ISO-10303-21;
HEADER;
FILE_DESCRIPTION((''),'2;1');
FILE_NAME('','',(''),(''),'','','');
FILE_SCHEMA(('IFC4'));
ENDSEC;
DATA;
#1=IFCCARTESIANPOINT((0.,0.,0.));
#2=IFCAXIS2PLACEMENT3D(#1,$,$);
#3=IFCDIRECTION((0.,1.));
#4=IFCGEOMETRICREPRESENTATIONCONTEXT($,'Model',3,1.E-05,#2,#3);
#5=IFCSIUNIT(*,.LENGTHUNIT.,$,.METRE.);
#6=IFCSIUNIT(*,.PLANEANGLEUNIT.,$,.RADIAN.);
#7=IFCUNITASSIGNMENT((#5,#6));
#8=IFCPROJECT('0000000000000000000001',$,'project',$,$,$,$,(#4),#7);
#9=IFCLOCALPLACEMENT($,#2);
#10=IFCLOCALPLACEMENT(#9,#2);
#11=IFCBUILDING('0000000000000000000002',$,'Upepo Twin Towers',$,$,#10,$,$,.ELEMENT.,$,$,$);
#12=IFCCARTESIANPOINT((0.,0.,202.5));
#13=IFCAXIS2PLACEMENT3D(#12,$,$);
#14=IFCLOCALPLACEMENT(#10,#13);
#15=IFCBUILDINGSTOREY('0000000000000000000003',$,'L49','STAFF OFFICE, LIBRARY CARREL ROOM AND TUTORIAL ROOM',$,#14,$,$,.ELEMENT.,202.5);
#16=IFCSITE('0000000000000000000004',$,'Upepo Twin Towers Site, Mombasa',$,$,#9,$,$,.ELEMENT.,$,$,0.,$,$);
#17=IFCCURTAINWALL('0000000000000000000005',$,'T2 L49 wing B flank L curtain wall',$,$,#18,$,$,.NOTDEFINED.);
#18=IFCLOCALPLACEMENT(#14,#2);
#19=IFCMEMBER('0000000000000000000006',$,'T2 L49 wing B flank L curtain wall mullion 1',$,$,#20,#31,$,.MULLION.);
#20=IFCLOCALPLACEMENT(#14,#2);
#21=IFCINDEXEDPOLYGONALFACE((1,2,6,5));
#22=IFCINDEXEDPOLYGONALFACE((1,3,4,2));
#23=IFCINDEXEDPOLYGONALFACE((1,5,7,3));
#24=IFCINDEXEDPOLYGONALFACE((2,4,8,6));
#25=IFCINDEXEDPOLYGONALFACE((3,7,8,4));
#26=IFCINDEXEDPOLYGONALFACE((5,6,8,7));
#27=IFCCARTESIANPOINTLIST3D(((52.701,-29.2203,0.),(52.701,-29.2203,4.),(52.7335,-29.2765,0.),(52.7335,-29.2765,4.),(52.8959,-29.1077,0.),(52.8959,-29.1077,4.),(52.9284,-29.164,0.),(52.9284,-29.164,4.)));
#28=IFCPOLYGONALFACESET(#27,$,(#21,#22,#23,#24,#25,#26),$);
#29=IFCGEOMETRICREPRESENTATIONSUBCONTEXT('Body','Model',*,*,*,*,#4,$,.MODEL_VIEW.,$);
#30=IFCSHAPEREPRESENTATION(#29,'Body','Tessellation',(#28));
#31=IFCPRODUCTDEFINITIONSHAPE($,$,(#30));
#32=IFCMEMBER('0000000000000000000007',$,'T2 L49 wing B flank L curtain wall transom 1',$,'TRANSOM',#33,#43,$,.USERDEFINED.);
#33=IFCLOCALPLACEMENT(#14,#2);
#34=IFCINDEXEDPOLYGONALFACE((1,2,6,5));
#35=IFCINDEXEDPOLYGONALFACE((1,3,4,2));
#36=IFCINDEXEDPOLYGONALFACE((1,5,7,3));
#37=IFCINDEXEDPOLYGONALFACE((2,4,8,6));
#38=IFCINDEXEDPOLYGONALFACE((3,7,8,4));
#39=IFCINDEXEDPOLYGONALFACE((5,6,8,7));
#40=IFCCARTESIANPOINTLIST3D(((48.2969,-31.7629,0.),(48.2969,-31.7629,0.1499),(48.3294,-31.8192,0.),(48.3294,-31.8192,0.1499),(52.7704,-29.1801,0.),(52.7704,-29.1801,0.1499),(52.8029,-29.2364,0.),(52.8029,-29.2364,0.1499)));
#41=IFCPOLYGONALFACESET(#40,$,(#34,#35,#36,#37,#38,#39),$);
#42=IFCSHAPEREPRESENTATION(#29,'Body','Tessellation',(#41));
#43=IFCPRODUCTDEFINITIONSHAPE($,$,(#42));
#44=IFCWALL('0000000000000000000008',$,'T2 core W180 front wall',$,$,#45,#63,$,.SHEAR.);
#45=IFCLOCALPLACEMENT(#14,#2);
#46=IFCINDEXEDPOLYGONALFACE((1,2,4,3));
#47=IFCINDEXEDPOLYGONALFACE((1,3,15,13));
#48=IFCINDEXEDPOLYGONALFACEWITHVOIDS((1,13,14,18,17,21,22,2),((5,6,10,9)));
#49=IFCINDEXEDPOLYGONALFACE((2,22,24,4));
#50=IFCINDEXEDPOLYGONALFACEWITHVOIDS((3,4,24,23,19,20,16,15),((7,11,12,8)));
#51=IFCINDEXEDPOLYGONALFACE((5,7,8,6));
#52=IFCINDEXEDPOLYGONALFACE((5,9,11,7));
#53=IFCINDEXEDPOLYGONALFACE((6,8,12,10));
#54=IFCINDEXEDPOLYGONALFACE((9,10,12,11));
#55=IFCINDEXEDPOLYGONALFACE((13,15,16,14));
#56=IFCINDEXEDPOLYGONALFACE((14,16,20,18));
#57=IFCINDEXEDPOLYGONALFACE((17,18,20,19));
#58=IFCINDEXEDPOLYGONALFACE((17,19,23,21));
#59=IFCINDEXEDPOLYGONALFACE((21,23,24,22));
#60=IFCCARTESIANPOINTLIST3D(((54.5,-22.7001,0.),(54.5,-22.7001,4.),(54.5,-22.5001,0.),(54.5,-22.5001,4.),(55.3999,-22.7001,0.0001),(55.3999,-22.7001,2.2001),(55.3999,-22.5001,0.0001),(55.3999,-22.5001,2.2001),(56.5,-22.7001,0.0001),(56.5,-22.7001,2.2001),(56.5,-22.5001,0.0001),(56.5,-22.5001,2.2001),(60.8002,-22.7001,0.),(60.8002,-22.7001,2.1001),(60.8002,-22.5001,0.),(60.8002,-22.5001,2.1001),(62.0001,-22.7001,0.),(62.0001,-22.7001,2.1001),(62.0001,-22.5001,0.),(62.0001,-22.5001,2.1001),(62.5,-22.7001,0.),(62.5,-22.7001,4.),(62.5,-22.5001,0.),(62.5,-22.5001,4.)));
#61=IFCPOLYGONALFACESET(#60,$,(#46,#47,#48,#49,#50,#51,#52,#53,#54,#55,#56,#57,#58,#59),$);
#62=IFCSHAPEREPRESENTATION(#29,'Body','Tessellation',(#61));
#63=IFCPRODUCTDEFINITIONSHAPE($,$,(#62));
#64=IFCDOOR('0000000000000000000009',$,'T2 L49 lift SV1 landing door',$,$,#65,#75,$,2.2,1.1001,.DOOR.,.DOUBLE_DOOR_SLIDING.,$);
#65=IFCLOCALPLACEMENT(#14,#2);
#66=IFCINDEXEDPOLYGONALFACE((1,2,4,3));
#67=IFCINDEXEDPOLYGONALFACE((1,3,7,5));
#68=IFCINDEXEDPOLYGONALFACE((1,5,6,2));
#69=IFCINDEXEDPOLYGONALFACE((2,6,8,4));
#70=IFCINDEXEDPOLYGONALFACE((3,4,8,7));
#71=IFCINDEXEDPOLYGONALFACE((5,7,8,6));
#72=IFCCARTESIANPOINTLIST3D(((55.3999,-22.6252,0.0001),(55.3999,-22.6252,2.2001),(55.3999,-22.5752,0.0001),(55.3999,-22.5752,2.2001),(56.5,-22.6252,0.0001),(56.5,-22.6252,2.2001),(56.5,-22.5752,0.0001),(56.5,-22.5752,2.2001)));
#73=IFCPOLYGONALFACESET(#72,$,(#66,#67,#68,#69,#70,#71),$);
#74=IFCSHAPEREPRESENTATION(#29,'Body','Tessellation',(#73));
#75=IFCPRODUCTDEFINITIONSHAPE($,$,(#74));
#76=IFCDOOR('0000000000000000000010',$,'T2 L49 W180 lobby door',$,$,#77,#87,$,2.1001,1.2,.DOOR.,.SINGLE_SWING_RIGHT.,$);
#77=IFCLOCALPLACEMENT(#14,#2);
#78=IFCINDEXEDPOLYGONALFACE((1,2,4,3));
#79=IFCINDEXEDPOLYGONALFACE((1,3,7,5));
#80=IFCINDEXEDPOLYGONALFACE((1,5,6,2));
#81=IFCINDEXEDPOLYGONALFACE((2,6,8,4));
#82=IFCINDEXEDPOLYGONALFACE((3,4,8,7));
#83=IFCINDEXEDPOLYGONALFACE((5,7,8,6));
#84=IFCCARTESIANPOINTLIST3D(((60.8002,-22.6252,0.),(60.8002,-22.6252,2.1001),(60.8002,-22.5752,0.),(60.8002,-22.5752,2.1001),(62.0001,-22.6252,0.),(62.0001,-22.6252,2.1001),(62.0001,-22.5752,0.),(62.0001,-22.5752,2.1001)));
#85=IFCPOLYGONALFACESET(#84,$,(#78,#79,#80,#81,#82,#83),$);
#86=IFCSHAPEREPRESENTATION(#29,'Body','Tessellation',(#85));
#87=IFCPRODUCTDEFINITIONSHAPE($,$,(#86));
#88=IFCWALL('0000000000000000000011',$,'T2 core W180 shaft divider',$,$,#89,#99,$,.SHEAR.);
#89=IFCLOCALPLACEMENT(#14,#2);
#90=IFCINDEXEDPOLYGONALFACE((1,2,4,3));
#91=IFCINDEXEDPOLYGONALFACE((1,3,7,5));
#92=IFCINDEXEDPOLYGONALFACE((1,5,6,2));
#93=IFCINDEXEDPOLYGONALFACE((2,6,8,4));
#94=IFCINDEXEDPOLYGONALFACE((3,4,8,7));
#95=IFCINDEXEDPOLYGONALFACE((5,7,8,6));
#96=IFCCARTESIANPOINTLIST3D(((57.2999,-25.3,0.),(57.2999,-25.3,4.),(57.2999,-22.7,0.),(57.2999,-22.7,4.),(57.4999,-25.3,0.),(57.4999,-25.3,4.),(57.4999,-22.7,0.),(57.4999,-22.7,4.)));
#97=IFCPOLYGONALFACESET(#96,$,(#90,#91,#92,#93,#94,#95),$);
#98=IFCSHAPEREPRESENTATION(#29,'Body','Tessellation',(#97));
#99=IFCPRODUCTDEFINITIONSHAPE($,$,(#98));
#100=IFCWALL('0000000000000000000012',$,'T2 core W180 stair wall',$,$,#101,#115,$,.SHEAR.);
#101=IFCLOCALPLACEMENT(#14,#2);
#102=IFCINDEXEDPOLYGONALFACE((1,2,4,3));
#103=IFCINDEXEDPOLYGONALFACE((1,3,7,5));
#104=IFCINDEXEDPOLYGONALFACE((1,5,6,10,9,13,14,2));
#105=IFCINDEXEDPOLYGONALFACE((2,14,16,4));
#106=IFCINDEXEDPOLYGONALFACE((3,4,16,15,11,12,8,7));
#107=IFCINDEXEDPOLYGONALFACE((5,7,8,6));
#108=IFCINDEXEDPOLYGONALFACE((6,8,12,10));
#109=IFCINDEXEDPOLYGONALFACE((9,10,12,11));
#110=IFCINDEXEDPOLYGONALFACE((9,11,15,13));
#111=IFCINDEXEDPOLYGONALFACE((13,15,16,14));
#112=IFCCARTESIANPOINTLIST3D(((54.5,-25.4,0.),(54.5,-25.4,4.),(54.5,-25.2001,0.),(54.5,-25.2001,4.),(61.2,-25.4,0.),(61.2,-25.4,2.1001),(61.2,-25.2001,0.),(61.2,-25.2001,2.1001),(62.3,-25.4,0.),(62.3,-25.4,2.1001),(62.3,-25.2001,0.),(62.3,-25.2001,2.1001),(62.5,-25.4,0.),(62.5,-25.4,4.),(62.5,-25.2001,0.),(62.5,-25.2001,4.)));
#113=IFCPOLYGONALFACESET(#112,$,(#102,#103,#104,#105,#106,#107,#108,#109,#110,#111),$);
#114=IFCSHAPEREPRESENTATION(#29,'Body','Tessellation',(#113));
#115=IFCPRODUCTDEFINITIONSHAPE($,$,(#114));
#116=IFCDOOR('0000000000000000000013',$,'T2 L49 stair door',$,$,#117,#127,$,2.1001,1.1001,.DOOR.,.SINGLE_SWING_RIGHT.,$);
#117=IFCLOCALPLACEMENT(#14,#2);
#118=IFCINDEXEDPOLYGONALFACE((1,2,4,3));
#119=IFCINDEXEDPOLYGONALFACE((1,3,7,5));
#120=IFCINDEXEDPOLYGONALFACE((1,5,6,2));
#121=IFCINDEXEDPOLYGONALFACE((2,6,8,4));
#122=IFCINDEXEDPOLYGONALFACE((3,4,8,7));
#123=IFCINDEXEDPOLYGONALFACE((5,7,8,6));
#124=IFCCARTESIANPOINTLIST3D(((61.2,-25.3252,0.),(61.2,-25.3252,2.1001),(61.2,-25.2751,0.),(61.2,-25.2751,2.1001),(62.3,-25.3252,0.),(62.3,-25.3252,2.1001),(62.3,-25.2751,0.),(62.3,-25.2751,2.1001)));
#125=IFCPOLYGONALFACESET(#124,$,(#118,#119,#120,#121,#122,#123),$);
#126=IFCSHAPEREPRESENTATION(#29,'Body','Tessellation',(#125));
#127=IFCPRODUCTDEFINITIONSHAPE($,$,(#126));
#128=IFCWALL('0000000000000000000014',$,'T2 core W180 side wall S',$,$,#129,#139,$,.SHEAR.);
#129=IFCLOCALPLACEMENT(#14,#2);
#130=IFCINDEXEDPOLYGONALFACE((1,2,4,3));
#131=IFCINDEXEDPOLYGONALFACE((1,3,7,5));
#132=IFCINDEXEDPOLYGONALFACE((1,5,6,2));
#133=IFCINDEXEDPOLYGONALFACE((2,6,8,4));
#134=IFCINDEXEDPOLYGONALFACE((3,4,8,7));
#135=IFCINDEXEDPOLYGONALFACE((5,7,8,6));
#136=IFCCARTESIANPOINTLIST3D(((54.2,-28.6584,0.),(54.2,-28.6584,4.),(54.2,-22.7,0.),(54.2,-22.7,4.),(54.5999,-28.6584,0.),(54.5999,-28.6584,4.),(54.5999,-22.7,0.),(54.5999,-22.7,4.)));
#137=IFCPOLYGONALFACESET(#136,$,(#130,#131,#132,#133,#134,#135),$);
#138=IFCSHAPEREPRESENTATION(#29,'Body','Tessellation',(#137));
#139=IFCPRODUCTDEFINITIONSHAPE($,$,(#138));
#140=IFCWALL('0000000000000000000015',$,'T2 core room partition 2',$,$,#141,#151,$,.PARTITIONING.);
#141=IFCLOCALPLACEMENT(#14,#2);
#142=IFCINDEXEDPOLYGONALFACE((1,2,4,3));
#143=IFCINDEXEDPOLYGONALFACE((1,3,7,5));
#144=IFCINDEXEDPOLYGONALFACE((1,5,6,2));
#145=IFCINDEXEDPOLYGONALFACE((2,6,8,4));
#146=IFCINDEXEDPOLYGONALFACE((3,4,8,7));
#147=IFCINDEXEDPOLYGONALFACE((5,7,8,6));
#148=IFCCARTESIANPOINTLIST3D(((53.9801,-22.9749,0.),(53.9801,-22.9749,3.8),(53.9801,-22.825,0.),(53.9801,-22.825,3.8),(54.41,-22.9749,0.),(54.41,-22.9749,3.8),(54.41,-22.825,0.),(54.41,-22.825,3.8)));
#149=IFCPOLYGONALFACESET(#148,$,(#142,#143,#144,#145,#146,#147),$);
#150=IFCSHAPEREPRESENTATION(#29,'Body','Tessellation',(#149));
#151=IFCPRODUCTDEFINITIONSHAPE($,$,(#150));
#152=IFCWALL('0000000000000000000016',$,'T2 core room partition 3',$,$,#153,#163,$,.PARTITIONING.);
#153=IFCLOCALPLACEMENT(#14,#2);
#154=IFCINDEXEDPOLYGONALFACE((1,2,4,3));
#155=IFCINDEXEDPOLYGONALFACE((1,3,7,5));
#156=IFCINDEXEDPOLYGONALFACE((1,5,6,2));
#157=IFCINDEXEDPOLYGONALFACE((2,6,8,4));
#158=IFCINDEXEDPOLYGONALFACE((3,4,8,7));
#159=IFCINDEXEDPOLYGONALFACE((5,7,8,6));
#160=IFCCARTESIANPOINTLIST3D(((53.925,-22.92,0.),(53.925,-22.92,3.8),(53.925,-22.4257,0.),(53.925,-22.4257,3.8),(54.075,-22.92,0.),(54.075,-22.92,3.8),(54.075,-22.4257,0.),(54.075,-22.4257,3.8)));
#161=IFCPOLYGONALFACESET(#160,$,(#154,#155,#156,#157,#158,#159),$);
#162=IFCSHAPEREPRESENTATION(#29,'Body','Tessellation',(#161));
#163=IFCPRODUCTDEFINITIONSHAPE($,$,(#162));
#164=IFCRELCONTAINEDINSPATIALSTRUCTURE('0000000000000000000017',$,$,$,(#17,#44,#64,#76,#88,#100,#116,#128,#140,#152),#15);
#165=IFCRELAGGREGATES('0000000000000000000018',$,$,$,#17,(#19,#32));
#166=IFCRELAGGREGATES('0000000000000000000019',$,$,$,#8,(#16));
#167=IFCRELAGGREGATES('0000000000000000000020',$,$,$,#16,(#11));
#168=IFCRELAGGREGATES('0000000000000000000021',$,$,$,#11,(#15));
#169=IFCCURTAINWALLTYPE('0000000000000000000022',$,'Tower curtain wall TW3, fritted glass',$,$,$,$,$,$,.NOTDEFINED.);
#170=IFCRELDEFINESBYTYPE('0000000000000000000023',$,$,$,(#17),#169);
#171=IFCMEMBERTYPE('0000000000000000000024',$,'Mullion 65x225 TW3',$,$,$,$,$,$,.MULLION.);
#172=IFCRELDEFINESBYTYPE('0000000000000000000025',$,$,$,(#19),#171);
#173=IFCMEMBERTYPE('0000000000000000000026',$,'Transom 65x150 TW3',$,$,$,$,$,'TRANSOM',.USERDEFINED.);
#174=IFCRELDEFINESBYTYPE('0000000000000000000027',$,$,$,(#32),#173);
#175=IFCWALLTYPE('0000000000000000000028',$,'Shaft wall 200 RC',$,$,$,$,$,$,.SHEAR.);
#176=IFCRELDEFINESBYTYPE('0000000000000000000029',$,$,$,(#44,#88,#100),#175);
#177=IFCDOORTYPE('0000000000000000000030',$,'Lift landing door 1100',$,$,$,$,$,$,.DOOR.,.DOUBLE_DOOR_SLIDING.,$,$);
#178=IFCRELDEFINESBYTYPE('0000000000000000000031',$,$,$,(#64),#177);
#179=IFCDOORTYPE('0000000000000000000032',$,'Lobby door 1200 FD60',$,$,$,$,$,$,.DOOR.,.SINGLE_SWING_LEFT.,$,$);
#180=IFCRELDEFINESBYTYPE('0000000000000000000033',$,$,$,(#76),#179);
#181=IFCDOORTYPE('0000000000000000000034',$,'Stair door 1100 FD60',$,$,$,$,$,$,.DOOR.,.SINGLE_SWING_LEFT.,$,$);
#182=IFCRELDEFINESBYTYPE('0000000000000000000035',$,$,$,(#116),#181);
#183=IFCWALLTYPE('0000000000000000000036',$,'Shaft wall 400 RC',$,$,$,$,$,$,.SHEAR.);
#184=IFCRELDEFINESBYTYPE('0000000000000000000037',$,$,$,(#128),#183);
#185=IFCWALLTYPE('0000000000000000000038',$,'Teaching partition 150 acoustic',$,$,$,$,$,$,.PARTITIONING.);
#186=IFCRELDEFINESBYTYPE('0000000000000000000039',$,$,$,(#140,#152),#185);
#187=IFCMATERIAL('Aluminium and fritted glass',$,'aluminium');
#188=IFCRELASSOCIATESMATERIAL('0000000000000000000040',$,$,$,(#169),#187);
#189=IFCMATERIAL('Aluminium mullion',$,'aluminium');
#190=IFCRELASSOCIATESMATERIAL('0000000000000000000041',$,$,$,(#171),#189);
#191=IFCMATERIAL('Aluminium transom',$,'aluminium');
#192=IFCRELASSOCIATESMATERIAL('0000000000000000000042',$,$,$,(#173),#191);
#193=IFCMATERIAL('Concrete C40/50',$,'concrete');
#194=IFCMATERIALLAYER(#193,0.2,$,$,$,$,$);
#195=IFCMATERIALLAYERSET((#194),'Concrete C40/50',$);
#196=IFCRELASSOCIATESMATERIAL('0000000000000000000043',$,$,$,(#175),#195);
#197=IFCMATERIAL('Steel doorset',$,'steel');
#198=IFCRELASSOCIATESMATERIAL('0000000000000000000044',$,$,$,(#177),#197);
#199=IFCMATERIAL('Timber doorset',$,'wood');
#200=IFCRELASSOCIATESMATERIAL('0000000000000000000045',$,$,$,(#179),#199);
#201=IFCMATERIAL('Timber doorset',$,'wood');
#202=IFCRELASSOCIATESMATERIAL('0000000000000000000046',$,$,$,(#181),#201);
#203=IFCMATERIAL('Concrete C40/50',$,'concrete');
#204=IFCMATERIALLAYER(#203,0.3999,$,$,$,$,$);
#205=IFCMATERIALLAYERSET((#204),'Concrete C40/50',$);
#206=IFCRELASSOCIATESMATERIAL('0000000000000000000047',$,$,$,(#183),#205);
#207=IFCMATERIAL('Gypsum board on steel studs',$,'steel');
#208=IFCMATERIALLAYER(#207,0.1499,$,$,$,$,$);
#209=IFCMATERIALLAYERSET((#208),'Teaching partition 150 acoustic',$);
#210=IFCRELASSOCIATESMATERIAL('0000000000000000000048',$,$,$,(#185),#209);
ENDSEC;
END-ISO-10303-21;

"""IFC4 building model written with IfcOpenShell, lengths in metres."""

from ifc_helpers import new_model, si_unit, direction, frame, frame_2d, origin, origin_2d, place, context, subcontext, project, spatial, rectangle, extrude, material, layer, layer_set, material_profile, profile_set, type_object, element, fill, aggregate, save


model = new_model("IFC4")

# Units and contexts
model_context = context("Model", 3, precision=1e-05, world=origin(), true_north=direction((0.0, 1.0)))
body_context = subcontext(model_context, "Body", "Model", "MODEL_VIEW")
ifc_project = project(units=[si_unit("LENGTHUNIT", "METRE"), si_unit("PLANEANGLEUNIT", "RADIAN")], contexts=[model_context])

# Site, building, storey
site_placement = place(None, origin())
site = spatial("IfcSite", under=ifc_project, at=site_placement, Name="Upepo Twin Towers Site, Mombasa", CompositionType="ELEMENT", RefElevation=0.0)
building_placement = place(site_placement, origin())
building = spatial("IfcBuilding", under=site, at=building_placement, Name="Upepo Twin Towers", CompositionType="ELEMENT")
storey_placement = place(building_placement, frame((0.0, 0.0, 202.5)))
storey = spatial("IfcBuildingStorey", under=building, at=storey_placement, Name="L49", Description="STAFF OFFICE, LIBRARY CARREL ROOM AND TUTORIAL ROOM", CompositionType="ELEMENT", Elevation=202.5)

# Curtain wall, members
ifc_material_1 = material(Name="Aluminium and fritted glass", Category="aluminium")
curtain_wall_type = type_object("IfcCurtainWallType", Name="Tower curtain wall TW3, fritted glass", PredefinedType="NOTDEFINED", material=ifc_material_1)
curtain_wall_placement = place(storey_placement, origin())
curtain_wall = element("IfcCurtainWall", 1, at=curtain_wall_placement, inside=storey, type_object=curtain_wall_type, Name="T2 L49 wing B flank L curtain wall", PredefinedType="NOTDEFINED")
ifc_material_2 = material(Name="Aluminium mullion", Category="aluminium")
ifc_material_profile_1 = material_profile(ifc_material_2, rectangle(XDim=0.0649, YDim=0.2251, at=origin_2d()), Name="MULLION 65x225")
ifc_profile_set_1 = profile_set([ifc_material_profile_1], Name="Aluminium mullion")
member_type_1 = type_object("IfcMemberType", Name="Mullion 65x225 TW3", PredefinedType="MULLION", material=ifc_profile_set_1)
member_1_placement = place(storey_placement, frame((52.8147, -29.1921, 0.0), z_axis=(0.0, 0.0, 1.0), x_axis=(0.5, -0.866025, 0.0)))
member_1 = element("IfcMember", 2, at=member_1_placement, type_object=member_type_1, Name="T2 L49 wing B flank L curtain wall mullion 1", PredefinedType="MULLION", context=body_context, shape_type="SweptSolid", body=[
    extrude(rectangle(XDim=0.0649, YDim=0.2251, at=origin_2d()), origin(), (0.0, 0.0, 1.0), 4.0),
])
ifc_material_3 = material(Name="Aluminium transom", Category="aluminium")
ifc_material_profile_2 = material_profile(ifc_material_3, rectangle(XDim=0.0649, YDim=0.1499, at=origin_2d()), Name="TRANSOM 65x150")
ifc_profile_set_2 = profile_set([ifc_material_profile_2], Name="Aluminium transom")
member_type_2 = type_object("IfcMemberType", Name="Transom 65x150 TW3", ElementType="TRANSOM", PredefinedType="USERDEFINED", material=ifc_profile_set_2)
member_2_placement = place(storey_placement, frame((52.7866, -29.2083, 0.075), z_axis=(-0.866021, -0.500007, 0.0), x_axis=(0.500007, -0.866021, 0.0)))
member_2 = element("IfcMember", 3, at=member_2_placement, type_object=member_type_2, Name="T2 L49 wing B flank L curtain wall transom 1", ObjectType="TRANSOM", PredefinedType="USERDEFINED", context=body_context, shape_type="SweptSolid", body=[
    extrude(rectangle(XDim=0.0649, YDim=0.1499, at=origin_2d()), origin(), (0.0, 0.0, 1.0), 5.1655),
])
aggregate(curtain_wall, [member_1, member_2])

# Wall, openings, doors
ifc_material_4 = material(Name="Concrete C40/50", Category="concrete")
ifc_layer_1 = layer(ifc_material_4, 0.2)
ifc_layer_set_1 = layer_set([ifc_layer_1], Name="Concrete C40/50")
wall_type_1 = type_object("IfcWallType", Name="Shaft wall 200 RC", PredefinedType="SHEAR", material=ifc_layer_set_1)
wall_1_placement = place(storey_placement, frame((54.5, -22.6001, 0.0), z_axis=(0.0, 0.0, 1.0), x_axis=(1.0, 0.0, 0.0)))
wall_1 = element("IfcWall", 4, at=wall_1_placement, inside=storey, type_object=wall_type_1, Name="T2 core W180 front wall", PredefinedType="SHEAR", context=body_context, shape_type="SweptSolid", body=[
    extrude(rectangle(XDim=8.0, YDim=0.2, at=frame_2d((4.0, 0.0))), origin(), (0.0, 0.0, 1.0), 4.0),
])
opening_1_placement = place(wall_1_placement, frame((6.3, 0.0, 0.0)))
opening_1 = element("IfcOpeningElement", 5, at=opening_1_placement, cuts=wall_1, PredefinedType="OPENING", context=body_context, shape_type="SweptSolid", body=[
    extrude(rectangle(XDim=1.2, YDim=2.1001, at=frame_2d((0.6001, 1.05))), frame((0.0, 0.1099, 0.0), z_axis=(0.0, -1.0, 0.0), x_axis=(1.0, 0.0, 0.0)), (0.0, 0.0, 1.0), 0.22),
])
opening_2_placement = place(wall_1_placement, frame((0.8999, 0.0, 0.0)))
opening_2 = element("IfcOpeningElement", 6, at=opening_2_placement, cuts=wall_1, PredefinedType="OPENING", context=body_context, shape_type="SweptSolid", body=[
    extrude(rectangle(XDim=1.1001, YDim=2.2, at=frame_2d((0.55, 1.1001))), frame((0.0, 0.1099, 0.0), z_axis=(0.0, -1.0, 0.0), x_axis=(1.0, 0.0, 0.0)), (0.0, 0.0, 1.0), 0.22),
])
ifc_material_5 = material(Name="Steel doorset", Category="steel")
door_type_1 = type_object("IfcDoorType", Name="Lift landing door 1100", OperationType="DOUBLE_DOOR_SLIDING", PredefinedType="DOOR", material=ifc_material_5)
door_1_placement = place(opening_2_placement, origin())
door_1 = element("IfcDoor", 7, at=door_1_placement, inside=storey, type_object=door_type_1, Name="T2 L49 lift SV1 landing door", OperationType="DOUBLE_DOOR_SLIDING", OverallHeight=2.2, OverallWidth=1.1001, PredefinedType="DOOR", context=body_context, shape_type="SweptSolid", body=[
    extrude(rectangle(XDim=1.1001, YDim=2.2, at=frame_2d((0.55, 1.1001))), frame((0.0, 0.0249, 0.0), z_axis=(0.0, -1.0, 0.0), x_axis=(1.0, 0.0, 0.0)), (0.0, 0.0, 1.0), 0.05),
])
fill(opening_2, door_1)
ifc_material_6 = material(Name="Timber doorset", Category="wood")
door_type_2 = type_object("IfcDoorType", Name="Lobby door 1200 FD60", OperationType="SINGLE_SWING_LEFT", PredefinedType="DOOR", material=ifc_material_6)
door_2_placement = place(opening_1_placement, origin())
door_2 = element("IfcDoor", 8, at=door_2_placement, inside=storey, type_object=door_type_2, Name="T2 L49 W180 lobby door", OperationType="SINGLE_SWING_RIGHT", OverallHeight=2.1001, OverallWidth=1.2, PredefinedType="DOOR", context=body_context, shape_type="SweptSolid", body=[
    extrude(rectangle(XDim=1.2, YDim=2.1001, at=frame_2d((0.6001, 1.05))), frame((0.0, 0.0249, 0.0), z_axis=(0.0, -1.0, 0.0), x_axis=(1.0, 0.0, 0.0)), (0.0, 0.0, 1.0), 0.05),
])
fill(opening_1, door_2)

# Wall
wall_2_placement = place(storey_placement, frame((57.3999, -22.7, 0.0), z_axis=(0.0, 0.0, 1.0), x_axis=(0.0, -1.0, 0.0)))
element("IfcWall", 9, at=wall_2_placement, inside=storey, type_object=wall_type_1, Name="T2 core W180 shaft divider", PredefinedType="SHEAR", context=body_context, shape_type="SweptSolid", body=[
    extrude(rectangle(XDim=2.6001, YDim=0.2, at=frame_2d((1.3, 0.0))), origin(), (0.0, 0.0, 1.0), 4.0),
])

# Wall, opening, door
wall_3_placement = place(storey_placement, frame((54.5, -25.3, 0.0), z_axis=(0.0, 0.0, 1.0), x_axis=(1.0, 0.0, 0.0)))
wall_3 = element("IfcWall", 10, at=wall_3_placement, inside=storey, type_object=wall_type_1, Name="T2 core W180 stair wall", PredefinedType="SHEAR", context=body_context, shape_type="SweptSolid", body=[
    extrude(rectangle(XDim=8.0, YDim=0.2, at=frame_2d((4.0, 0.0))), origin(), (0.0, 0.0, 1.0), 4.0),
])
opening_3_placement = place(wall_3_placement, frame((6.7, 0.0, 0.0)))
opening_3 = element("IfcOpeningElement", 11, at=opening_3_placement, cuts=wall_3, PredefinedType="OPENING", context=body_context, shape_type="SweptSolid", body=[
    extrude(rectangle(XDim=1.1001, YDim=2.1001, at=frame_2d((0.55, 1.05))), frame((0.0, 0.1099, 0.0), z_axis=(0.0, -1.0, 0.0), x_axis=(1.0, 0.0, 0.0)), (0.0, 0.0, 1.0), 0.22),
])
ifc_material_7 = material(Name="Timber doorset", Category="wood")
door_type_3 = type_object("IfcDoorType", Name="Stair door 1100 FD60", OperationType="SINGLE_SWING_LEFT", PredefinedType="DOOR", material=ifc_material_7)
door_3_placement = place(opening_3_placement, origin())
door_3 = element("IfcDoor", 12, at=door_3_placement, inside=storey, type_object=door_type_3, Name="T2 L49 stair door", OperationType="SINGLE_SWING_RIGHT", OverallHeight=2.1001, OverallWidth=1.1001, PredefinedType="DOOR", context=body_context, shape_type="SweptSolid", body=[
    extrude(rectangle(XDim=1.1001, YDim=2.1001, at=frame_2d((0.55, 1.05))), frame((0.0, 0.0249, 0.0), z_axis=(0.0, -1.0, 0.0), x_axis=(1.0, 0.0, 0.0)), (0.0, 0.0, 1.0), 0.05),
])
fill(opening_3, door_3)

# Walls
ifc_material_8 = material(Name="Concrete C40/50", Category="concrete")
ifc_layer_2 = layer(ifc_material_8, 0.3999)
ifc_layer_set_2 = layer_set([ifc_layer_2], Name="Concrete C40/50")
wall_type_2 = type_object("IfcWallType", Name="Shaft wall 400 RC", PredefinedType="SHEAR", material=ifc_layer_set_2)
wall_4_placement = place(storey_placement, frame((54.3999, -22.7, 0.0), z_axis=(0.0, 0.0, 1.0), x_axis=(0.0, -1.0, 0.0)))
element("IfcWall", 13, at=wall_4_placement, inside=storey, type_object=wall_type_2, Name="T2 core W180 side wall S", PredefinedType="SHEAR", context=body_context, shape_type="SweptSolid", body=[
    extrude(rectangle(XDim=5.9585, YDim=0.3999, at=frame_2d((2.9792, 0.0))), origin(), (0.0, 0.0, 1.0), 4.0),
])
ifc_material_9 = material(Name="Gypsum board on steel studs", Category="steel")
ifc_layer_3 = layer(ifc_material_9, 0.1499)
ifc_layer_set_3 = layer_set([ifc_layer_3], Name="Teaching partition 150 acoustic")
wall_type_3 = type_object("IfcWallType", Name="Teaching partition 150 acoustic", PredefinedType="PARTITIONING", material=ifc_layer_set_3)
wall_5_placement = place(storey_placement, frame((54.4099, -22.8999, 0.0), z_axis=(0.0, 0.0, 1.0), x_axis=(-1.0, 0.0, 0.0)))
element("IfcWall", 14, at=wall_5_placement, inside=storey, type_object=wall_type_3, Name="T2 core room partition 2", PredefinedType="PARTITIONING", context=body_context, shape_type="SweptSolid", body=[
    extrude(rectangle(XDim=0.4299, YDim=0.1499, at=frame_2d((0.2148, 0.0))), origin(), (0.0, 0.0, 1.0), 3.8),
])
wall_6_placement = place(storey_placement, frame((54.0, -22.9199, 0.0), z_axis=(0.0, 0.0, 1.0), x_axis=(0.0, 1.0, 0.0)))
element("IfcWall", 15, at=wall_6_placement, inside=storey, type_object=wall_type_3, Name="T2 core room partition 3", PredefinedType="PARTITIONING", context=body_context, shape_type="SweptSolid", body=[
    extrude(rectangle(XDim=0.4944, YDim=0.1499, at=frame_2d((0.2471, 0.0))), origin(), (0.0, 0.0, 1.0), 3.8),
])

save(model, "model.ifc")
